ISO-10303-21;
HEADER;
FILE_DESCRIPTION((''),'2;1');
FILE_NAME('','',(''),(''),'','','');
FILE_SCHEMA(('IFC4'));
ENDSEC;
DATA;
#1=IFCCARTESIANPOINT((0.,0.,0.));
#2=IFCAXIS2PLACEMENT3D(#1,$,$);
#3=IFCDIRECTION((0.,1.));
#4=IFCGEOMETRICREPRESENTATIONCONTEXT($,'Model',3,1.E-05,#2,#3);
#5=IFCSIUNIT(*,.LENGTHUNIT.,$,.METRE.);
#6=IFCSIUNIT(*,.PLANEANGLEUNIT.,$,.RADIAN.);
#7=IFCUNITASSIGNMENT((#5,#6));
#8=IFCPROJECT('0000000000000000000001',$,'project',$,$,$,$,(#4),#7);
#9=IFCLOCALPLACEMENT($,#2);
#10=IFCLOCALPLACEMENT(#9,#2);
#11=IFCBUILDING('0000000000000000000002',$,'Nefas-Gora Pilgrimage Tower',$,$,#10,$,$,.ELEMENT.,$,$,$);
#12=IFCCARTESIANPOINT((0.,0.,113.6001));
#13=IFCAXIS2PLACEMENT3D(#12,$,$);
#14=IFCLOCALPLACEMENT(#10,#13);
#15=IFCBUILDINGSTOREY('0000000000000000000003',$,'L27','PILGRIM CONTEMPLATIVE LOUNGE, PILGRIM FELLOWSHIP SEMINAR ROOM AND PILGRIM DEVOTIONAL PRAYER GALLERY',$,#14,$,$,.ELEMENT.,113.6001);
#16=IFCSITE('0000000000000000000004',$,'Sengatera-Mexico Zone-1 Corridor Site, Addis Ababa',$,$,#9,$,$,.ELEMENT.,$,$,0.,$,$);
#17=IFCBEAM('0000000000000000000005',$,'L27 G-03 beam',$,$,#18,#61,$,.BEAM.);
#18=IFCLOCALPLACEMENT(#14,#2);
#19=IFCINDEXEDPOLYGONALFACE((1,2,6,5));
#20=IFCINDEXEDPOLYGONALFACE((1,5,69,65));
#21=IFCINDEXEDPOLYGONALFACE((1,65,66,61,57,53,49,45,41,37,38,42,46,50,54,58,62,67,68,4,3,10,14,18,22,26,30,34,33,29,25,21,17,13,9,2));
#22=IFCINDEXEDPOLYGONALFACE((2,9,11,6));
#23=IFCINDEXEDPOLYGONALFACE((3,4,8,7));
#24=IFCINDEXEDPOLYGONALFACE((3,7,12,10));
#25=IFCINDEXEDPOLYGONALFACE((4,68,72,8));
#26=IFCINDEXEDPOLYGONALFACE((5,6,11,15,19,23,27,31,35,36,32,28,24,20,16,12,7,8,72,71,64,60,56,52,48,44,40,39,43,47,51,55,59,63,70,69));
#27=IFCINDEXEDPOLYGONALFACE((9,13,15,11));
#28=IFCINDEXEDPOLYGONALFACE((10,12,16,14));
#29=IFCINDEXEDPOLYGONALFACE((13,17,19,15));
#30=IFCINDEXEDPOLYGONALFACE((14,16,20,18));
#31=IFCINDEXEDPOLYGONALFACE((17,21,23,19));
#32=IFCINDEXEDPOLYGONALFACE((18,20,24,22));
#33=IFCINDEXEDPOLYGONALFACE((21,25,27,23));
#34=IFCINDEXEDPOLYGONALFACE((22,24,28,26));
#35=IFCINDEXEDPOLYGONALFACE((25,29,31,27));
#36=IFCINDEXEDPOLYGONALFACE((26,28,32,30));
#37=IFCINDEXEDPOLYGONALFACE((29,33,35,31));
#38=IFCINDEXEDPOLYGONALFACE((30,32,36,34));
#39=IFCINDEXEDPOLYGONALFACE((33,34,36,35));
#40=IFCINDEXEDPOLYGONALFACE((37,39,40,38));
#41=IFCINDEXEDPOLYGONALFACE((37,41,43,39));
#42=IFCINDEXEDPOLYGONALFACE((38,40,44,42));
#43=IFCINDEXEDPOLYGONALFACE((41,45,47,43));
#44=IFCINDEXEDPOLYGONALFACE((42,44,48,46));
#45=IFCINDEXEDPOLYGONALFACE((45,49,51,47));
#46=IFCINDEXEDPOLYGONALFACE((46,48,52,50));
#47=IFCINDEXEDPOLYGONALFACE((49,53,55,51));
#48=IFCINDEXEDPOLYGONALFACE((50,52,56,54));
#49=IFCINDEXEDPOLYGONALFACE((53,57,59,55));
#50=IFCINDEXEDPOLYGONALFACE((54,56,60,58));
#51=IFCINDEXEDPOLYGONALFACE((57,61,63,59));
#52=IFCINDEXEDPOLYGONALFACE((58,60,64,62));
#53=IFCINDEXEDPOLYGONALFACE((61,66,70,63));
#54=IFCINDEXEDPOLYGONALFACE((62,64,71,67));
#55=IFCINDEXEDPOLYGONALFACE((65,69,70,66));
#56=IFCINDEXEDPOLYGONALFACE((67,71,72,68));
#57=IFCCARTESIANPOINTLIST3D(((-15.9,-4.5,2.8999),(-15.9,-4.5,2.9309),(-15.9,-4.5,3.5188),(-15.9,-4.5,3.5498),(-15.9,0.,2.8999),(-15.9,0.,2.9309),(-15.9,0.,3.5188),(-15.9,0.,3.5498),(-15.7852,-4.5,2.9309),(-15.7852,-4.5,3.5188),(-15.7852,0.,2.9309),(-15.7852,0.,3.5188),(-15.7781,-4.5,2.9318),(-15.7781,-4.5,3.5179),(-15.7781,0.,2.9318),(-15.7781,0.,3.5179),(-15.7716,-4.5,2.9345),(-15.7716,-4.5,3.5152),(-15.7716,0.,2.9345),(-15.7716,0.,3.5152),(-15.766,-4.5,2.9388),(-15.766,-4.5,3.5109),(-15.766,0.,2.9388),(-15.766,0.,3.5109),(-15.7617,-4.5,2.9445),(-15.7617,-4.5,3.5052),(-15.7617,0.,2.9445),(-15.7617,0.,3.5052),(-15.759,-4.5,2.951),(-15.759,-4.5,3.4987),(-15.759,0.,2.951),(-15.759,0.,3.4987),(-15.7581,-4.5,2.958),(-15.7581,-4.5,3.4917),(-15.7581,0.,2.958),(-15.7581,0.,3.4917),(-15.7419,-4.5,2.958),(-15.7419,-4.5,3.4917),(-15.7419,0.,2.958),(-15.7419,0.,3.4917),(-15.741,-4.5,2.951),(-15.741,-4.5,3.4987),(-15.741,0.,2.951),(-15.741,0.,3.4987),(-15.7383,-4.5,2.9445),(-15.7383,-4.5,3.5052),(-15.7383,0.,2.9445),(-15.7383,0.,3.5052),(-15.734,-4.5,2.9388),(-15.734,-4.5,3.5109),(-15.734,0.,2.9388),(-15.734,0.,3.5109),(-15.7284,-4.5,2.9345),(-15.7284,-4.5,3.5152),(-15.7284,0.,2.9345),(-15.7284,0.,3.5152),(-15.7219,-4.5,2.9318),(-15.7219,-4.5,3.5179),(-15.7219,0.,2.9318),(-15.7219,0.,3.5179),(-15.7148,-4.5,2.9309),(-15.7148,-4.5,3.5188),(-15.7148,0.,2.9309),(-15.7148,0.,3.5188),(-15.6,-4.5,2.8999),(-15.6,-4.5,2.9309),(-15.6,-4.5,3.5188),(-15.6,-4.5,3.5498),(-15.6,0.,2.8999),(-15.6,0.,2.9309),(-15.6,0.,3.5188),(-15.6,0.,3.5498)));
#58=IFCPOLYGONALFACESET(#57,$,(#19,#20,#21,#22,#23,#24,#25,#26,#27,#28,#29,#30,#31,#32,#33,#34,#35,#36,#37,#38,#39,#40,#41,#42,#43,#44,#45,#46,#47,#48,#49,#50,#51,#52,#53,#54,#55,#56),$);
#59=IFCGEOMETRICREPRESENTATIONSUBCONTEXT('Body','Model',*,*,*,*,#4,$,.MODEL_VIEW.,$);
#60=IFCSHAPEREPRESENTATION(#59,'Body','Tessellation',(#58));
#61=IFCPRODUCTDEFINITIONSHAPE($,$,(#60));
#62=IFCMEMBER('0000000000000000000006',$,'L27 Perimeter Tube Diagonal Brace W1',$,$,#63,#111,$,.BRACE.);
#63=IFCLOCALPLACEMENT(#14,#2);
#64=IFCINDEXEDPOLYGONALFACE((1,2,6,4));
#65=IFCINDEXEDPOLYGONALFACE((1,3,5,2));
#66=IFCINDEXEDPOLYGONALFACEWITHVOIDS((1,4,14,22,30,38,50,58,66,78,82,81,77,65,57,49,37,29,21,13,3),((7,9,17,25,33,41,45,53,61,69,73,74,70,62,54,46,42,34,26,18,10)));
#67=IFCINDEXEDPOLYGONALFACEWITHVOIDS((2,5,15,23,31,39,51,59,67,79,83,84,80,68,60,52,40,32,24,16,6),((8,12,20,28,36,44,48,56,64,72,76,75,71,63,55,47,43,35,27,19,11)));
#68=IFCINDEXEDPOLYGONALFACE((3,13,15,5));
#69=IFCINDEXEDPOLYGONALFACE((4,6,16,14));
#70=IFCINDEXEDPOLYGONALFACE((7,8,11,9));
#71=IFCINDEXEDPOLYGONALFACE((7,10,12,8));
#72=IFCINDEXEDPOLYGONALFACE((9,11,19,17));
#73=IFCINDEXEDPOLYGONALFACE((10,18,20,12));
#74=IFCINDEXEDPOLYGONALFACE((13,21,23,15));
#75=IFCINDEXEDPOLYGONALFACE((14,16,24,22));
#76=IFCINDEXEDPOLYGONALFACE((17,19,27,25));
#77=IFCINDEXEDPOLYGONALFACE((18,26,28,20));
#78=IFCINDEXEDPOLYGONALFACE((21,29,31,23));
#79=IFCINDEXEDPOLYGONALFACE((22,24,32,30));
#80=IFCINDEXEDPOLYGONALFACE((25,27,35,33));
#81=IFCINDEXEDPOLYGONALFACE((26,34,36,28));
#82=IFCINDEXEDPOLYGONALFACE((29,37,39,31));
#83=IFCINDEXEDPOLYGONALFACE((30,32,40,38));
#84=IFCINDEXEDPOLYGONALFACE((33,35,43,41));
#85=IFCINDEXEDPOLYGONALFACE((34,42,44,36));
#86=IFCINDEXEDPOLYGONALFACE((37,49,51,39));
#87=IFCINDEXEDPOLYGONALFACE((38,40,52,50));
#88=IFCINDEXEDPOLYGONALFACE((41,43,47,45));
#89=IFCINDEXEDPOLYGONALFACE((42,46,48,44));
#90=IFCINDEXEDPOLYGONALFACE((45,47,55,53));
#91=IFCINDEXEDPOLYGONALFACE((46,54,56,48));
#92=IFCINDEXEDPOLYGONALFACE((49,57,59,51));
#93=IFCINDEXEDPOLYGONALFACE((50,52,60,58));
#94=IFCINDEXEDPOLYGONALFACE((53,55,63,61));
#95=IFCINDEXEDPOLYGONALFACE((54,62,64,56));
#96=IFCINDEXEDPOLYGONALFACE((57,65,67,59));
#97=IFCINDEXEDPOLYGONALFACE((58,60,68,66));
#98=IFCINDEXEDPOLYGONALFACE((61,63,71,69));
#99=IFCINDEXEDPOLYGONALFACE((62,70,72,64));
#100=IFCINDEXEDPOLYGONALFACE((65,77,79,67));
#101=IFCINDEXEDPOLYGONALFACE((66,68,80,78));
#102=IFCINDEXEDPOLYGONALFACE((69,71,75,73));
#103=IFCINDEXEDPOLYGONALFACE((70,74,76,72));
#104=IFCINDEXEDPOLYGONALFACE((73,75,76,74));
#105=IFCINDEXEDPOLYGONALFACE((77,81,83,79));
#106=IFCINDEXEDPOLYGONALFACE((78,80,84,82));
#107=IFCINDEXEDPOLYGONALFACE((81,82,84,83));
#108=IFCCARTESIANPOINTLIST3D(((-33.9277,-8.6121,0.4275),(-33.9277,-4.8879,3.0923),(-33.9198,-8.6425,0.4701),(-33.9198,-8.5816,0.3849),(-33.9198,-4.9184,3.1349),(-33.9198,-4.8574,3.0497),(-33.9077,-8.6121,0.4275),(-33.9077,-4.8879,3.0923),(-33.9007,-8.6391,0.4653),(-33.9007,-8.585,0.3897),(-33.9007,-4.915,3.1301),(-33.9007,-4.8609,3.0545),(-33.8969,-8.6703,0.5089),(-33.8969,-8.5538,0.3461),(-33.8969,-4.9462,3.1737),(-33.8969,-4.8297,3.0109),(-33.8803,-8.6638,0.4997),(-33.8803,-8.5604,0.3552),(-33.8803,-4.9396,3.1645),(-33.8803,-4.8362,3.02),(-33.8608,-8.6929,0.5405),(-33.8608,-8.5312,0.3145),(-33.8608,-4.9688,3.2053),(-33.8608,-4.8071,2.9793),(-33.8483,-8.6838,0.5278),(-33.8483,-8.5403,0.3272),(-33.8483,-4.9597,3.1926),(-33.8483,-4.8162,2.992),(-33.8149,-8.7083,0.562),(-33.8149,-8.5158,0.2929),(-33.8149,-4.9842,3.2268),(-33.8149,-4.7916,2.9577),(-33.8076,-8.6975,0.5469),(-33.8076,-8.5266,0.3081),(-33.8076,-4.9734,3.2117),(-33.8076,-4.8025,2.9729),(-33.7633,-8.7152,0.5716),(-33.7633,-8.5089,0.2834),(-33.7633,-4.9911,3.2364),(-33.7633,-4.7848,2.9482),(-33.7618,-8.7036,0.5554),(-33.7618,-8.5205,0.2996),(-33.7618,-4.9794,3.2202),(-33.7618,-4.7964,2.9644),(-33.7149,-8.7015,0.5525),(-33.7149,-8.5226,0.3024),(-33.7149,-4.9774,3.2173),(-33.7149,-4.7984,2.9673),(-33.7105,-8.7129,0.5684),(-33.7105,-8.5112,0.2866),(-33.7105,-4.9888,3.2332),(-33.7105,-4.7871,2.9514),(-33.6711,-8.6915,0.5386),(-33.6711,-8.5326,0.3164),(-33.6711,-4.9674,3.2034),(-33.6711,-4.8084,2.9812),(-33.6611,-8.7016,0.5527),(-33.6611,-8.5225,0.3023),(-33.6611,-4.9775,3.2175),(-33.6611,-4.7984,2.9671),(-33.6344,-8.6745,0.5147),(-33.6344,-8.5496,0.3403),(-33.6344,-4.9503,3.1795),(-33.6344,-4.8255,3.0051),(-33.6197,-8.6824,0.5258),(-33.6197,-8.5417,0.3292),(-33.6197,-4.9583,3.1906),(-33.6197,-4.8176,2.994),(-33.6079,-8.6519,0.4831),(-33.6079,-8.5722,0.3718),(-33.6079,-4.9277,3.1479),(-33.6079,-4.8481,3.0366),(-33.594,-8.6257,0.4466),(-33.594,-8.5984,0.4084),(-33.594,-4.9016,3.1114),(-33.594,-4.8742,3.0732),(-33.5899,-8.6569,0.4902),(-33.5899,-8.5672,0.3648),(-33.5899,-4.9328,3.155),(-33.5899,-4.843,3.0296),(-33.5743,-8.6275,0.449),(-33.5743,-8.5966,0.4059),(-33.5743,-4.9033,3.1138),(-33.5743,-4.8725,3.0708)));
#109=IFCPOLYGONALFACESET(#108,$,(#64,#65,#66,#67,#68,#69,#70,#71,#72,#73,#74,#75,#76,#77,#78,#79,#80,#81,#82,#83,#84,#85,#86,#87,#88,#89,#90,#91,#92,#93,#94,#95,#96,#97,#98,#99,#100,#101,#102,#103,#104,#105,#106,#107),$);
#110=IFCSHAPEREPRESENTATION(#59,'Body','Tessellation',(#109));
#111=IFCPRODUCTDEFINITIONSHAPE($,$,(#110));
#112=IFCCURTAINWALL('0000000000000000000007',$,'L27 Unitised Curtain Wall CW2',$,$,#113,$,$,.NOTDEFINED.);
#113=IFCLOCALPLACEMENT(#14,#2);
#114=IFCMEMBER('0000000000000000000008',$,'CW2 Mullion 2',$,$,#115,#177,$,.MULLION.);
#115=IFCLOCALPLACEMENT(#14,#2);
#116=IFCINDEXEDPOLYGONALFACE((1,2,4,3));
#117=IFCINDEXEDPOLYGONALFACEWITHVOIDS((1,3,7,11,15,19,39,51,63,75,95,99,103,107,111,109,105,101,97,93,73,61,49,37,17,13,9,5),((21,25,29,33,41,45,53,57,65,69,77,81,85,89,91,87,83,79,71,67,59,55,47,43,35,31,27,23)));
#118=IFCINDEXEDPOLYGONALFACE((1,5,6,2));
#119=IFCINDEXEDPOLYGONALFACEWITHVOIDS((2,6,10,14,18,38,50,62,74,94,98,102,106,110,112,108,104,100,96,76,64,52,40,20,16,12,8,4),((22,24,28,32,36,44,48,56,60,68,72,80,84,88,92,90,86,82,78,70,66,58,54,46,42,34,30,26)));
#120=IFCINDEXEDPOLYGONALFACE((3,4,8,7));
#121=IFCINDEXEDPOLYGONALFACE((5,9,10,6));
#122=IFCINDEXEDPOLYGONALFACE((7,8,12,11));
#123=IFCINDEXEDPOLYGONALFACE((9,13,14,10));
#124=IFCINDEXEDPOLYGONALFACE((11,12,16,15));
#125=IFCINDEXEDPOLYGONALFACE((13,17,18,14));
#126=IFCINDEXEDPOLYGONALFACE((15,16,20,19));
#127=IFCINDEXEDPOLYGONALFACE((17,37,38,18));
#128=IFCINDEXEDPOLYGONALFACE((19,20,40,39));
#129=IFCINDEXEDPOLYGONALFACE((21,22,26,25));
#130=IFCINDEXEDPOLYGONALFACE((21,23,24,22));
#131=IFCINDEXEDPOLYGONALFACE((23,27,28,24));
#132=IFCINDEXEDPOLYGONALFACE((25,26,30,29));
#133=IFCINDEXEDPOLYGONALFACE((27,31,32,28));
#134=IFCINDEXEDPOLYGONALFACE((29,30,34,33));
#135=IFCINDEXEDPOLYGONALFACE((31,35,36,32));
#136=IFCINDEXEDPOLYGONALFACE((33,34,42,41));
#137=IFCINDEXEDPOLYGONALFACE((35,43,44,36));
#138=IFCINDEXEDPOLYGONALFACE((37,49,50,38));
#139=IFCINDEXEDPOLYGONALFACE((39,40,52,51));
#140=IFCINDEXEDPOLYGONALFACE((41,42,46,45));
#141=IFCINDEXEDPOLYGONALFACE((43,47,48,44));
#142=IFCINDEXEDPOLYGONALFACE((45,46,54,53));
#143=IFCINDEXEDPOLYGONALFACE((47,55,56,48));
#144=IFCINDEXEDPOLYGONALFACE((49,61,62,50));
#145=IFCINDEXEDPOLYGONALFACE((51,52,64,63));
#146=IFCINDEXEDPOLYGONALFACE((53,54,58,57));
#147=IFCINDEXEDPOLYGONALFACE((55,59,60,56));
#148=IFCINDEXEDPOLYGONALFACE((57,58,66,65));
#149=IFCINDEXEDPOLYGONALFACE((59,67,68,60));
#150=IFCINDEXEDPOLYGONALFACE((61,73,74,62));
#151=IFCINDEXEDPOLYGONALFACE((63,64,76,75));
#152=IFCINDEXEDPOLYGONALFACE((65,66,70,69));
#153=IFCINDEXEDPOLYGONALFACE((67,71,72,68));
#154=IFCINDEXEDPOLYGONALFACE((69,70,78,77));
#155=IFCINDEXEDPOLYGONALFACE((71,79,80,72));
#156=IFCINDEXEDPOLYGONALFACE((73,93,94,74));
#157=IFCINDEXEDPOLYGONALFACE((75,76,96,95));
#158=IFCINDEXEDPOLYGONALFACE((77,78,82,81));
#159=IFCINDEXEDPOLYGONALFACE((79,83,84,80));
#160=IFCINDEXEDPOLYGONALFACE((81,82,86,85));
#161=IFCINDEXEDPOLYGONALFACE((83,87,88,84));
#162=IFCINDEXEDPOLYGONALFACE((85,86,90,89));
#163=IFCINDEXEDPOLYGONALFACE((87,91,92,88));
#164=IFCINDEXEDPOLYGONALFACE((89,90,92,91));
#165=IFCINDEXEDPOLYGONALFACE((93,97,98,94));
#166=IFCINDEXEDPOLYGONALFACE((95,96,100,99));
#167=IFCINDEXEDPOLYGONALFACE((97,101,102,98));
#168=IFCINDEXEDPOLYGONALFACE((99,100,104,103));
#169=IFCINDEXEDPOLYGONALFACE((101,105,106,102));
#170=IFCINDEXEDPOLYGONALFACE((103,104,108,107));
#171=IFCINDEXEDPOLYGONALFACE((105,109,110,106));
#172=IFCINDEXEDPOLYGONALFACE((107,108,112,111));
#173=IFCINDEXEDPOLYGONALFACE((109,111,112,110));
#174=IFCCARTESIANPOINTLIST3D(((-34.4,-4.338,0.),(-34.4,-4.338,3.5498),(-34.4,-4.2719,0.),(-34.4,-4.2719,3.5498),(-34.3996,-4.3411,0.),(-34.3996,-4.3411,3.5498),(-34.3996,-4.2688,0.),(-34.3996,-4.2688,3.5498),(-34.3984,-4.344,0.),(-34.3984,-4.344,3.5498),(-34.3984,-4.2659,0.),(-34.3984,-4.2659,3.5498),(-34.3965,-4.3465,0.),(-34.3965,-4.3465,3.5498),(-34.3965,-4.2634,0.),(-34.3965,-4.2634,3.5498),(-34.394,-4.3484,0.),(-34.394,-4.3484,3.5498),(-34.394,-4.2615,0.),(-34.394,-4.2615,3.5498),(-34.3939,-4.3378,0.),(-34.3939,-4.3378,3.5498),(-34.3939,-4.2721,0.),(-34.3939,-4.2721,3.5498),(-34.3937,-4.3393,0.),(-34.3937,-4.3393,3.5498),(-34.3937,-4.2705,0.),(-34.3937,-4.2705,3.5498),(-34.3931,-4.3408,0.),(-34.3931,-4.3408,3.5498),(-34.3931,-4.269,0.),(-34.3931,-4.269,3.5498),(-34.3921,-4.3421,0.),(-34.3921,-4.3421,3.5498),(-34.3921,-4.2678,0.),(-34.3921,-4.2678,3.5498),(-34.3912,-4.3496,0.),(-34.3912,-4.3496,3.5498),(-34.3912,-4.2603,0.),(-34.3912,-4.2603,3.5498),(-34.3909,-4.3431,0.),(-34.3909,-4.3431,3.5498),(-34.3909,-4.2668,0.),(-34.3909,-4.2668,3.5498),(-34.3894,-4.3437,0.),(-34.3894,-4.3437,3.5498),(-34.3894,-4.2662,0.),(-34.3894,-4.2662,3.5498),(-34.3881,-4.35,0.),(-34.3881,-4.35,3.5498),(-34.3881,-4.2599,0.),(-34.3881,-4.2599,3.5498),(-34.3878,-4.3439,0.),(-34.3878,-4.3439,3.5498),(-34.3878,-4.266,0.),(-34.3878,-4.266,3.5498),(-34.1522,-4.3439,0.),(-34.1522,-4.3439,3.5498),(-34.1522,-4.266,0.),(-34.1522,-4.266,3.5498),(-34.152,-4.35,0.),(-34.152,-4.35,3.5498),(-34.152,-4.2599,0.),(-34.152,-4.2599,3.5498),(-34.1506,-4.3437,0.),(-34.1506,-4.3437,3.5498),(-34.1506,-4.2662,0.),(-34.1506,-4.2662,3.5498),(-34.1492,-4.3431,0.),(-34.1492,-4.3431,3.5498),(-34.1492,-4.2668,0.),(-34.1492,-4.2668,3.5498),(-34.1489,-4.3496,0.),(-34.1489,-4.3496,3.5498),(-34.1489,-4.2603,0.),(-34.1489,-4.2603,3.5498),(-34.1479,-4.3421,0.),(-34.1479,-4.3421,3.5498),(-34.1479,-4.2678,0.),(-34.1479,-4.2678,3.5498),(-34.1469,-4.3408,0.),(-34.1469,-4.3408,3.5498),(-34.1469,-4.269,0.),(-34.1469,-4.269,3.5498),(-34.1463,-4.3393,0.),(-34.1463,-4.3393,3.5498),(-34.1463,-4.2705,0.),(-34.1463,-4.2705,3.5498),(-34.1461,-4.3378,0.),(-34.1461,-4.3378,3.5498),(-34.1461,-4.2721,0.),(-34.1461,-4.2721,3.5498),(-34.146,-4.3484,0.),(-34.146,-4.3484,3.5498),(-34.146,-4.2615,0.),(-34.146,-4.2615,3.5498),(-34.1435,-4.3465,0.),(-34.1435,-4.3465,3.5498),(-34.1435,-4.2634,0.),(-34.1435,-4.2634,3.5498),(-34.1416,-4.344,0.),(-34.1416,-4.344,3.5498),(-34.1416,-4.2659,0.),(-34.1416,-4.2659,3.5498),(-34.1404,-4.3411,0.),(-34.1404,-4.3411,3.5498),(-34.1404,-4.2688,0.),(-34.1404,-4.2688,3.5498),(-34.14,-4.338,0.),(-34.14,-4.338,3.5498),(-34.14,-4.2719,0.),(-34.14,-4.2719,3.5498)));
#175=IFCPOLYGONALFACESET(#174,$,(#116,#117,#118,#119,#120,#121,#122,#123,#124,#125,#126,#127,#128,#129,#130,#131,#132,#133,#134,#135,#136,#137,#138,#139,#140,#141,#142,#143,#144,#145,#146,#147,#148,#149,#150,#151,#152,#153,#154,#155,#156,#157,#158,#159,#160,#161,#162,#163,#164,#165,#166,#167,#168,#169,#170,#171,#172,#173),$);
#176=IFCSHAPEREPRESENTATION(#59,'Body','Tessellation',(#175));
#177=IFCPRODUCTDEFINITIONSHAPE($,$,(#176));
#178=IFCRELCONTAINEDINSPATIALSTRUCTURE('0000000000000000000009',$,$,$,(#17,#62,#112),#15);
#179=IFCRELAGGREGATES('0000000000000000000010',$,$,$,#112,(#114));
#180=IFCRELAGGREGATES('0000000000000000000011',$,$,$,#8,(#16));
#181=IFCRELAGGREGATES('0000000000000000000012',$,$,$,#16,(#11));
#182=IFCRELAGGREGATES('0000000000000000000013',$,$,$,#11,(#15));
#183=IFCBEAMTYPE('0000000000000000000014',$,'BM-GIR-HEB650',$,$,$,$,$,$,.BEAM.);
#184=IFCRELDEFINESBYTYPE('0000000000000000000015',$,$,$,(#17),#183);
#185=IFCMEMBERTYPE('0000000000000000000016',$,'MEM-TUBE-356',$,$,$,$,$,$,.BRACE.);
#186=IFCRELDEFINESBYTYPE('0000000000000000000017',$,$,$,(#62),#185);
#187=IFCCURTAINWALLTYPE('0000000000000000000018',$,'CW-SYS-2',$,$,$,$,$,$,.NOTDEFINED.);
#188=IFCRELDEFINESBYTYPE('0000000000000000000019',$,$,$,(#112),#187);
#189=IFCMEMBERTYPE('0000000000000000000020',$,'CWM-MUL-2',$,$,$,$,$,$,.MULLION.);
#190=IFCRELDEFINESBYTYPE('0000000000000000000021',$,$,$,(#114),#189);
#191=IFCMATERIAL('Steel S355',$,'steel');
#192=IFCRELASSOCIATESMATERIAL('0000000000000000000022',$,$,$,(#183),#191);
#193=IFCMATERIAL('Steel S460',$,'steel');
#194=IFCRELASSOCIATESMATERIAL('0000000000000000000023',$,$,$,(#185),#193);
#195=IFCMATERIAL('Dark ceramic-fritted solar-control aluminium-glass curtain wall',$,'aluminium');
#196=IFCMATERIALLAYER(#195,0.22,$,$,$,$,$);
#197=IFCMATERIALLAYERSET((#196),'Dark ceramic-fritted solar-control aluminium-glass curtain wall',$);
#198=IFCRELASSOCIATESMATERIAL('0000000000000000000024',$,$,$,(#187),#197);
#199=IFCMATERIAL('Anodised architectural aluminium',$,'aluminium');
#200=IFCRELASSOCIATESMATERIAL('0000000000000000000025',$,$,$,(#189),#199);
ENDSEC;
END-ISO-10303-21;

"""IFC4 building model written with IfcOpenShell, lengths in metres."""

from ifc_helpers import new_model, si_unit, direction, frame, origin, origin_2d, place, context, subcontext, project, spatial, hollow_rectangle, hollow_circle, i_section, extrude, source, transform, mapped, material, layer, layer_set, material_profile, profile_set, type_object, element, aggregate, save


model = new_model("IFC4")

# Units and contexts
model_context = context("Model", 3, precision=1e-05, world=origin(), true_north=direction((0.0, 1.0)))
body_context = subcontext(model_context, "Body", "Model", "MODEL_VIEW")
ifc_project = project(units=[si_unit("LENGTHUNIT", "METRE"), si_unit("PLANEANGLEUNIT", "RADIAN")], contexts=[model_context])

# Site, building, storey
site_placement = place(None, origin())
site = spatial("IfcSite", under=ifc_project, at=site_placement, Name="Sengatera-Mexico Zone-1 Corridor Site, Addis Ababa", CompositionType="ELEMENT", RefElevation=0.0)
building_placement = place(site_placement, origin())
building = spatial("IfcBuilding", under=site, at=building_placement, Name="Nefas-Gora Pilgrimage Tower", CompositionType="ELEMENT")
storey_placement = place(building_placement, frame((0.0, 0.0, 113.6001)))
storey = spatial("IfcBuildingStorey", under=building, at=storey_placement, Name="L27", Description="PILGRIM CONTEMPLATIVE LOUNGE, PILGRIM FELLOWSHIP SEMINAR ROOM AND PILGRIM DEVOTIONAL PRAYER GALLERY", CompositionType="ELEMENT", Elevation=113.6001)

# Shared definitions
ifc_material_1 = material(Name="Steel S460", Category="steel")

# Beam
ifc_material_2 = material(Name="Steel S355", Category="steel")
ifc_material_profile_1 = material_profile(ifc_material_2, i_section(OverallWidth=0.3, OverallDepth=0.6499, WebThickness=0.0161, FlangeThickness=0.031, FilletRadius=0.0271, at=origin_2d()), Name="HEB 650")
ifc_profile_set_1 = profile_set([ifc_material_profile_1], Name="Steel S355")
beam_type_1 = type_object("IfcBeamType", Name="BM-GIR-HEB650", PredefinedType="BEAM", material=ifc_profile_set_1)
shared_shape_1 = source(origin(), body_context, "Body", "SweptSolid", [
    extrude(i_section(OverallWidth=0.3, OverallDepth=0.6499, WebThickness=0.0161, FlangeThickness=0.031, FilletRadius=0.0271, at=origin_2d()), origin(), (0.0, 0.0, 1.0), 4.5),
])
for number, where, z_axis, x_axis, name in (
    (1, (-15.75, -4.5, 3.2249), (0.0, 1.0, 0.0), (-1.0, 0.0, 0.0), "L27 G-03 beam"),
):
    element("IfcBeam", number, at=place(storey_placement, frame(where, z_axis=z_axis, x_axis=x_axis)), inside=storey, type_object=beam_type_1, Name=name, PredefinedType="BEAM", context=body_context, shape_type="MappedRepresentation", body=[
        mapped(shared_shape_1, transform((0.0, 0.0, 0.0), x_axis=(1.0, 0.0, 0.0), y_axis=(0.0, 1.0, 0.0), z_axis=(0.0, 0.0, 1.0), scale=1.0)),
    ])

# Member
ifc_material_profile_2 = material_profile(ifc_material_1, hollow_circle(Radius=0.1777, WallThickness=0.02, at=origin_2d()), Name="CHS 355.6x20")
ifc_profile_set_2 = profile_set([ifc_material_profile_2], Name="Steel S460")
member_type_1 = type_object("IfcMemberType", Name="MEM-TUBE-356", PredefinedType="BRACE", material=ifc_profile_set_2)
shared_shape_2 = source(origin(), body_context, "Body", "SweptSolid", [
    extrude(hollow_circle(Radius=0.1777, WallThickness=0.02, at=origin_2d()), origin(), (0.0, 0.0, 1.0), 4.5793),
])
member_1_placement = place(storey_placement, frame((-33.75, -8.6121, 0.4275), z_axis=(0.0, 0.813247, 0.581919), x_axis=(-1.0, 0.0, 0.0)))
element("IfcMember", 2, at=member_1_placement, inside=storey, type_object=member_type_1, Name="L27 Perimeter Tube Diagonal Brace W1", PredefinedType="BRACE", context=body_context, shape_type="MappedRepresentation", body=[
    mapped(shared_shape_2, transform((0.0, 0.0, 0.0), x_axis=(1.0, 0.0, 0.0), y_axis=(0.0, 1.0, 0.0), z_axis=(0.0, 0.0, 1.0), scale=1.0)),
])

# Curtain wall, member
ifc_material_3 = material(Name="Dark ceramic-fritted solar-control aluminium-glass curtain wall", Category="aluminium")
ifc_layer_1 = layer(ifc_material_3, 0.22)
ifc_layer_set_1 = layer_set([ifc_layer_1], Name="Dark ceramic-fritted solar-control aluminium-glass curtain wall")
curtain_wall_type = type_object("IfcCurtainWallType", Name="CW-SYS-2", PredefinedType="NOTDEFINED", material=ifc_layer_set_1)
curtain_wall_placement = place(storey_placement, origin())
curtain_wall = element("IfcCurtainWall", 3, at=curtain_wall_placement, inside=storey, type_object=curtain_wall_type, Name="L27 Unitised Curtain Wall CW2", PredefinedType="NOTDEFINED")
ifc_material_4 = material(Name="Anodised architectural aluminium", Category="aluminium")
ifc_material_profile_3 = material_profile(ifc_material_4, hollow_rectangle(XDim=0.0901, YDim=0.26, WallThickness=0.0061, InnerFilletRadius=0.0061, OuterFilletRadius=0.012, at=origin_2d()), Name="ALU MULLION 90x260")
ifc_profile_set_3 = profile_set([ifc_material_profile_3], Name="Anodised architectural aluminium")
member_type_2 = type_object("IfcMemberType", Name="CWM-MUL-2", PredefinedType="MULLION", material=ifc_profile_set_3)
shared_shape_3 = source(origin(), body_context, "Body", "SweptSolid", [
    extrude(hollow_rectangle(XDim=0.0901, YDim=0.26, WallThickness=0.0061, InnerFilletRadius=0.0061, OuterFilletRadius=0.012, at=origin_2d()), origin(), (0.0, 0.0, 1.0), 3.5498),
])
member_2_placement = place(storey_placement, frame((-34.27, -4.3049, 0.0), z_axis=(0.0, 0.0, 1.0), x_axis=(0.0, -1.0, 0.0)))
member_2 = element("IfcMember", 4, at=member_2_placement, type_object=member_type_2, Name="CW2 Mullion 2", PredefinedType="MULLION", context=body_context, shape_type="MappedRepresentation", body=[
    mapped(shared_shape_3, transform((0.0, 0.0, 0.0), x_axis=(1.0, 0.0, 0.0), y_axis=(0.0, 1.0, 0.0), z_axis=(0.0, 0.0, 1.0), scale=1.0)),
])

aggregate(curtain_wall, [member_2])

save(model, "model.ifc")
